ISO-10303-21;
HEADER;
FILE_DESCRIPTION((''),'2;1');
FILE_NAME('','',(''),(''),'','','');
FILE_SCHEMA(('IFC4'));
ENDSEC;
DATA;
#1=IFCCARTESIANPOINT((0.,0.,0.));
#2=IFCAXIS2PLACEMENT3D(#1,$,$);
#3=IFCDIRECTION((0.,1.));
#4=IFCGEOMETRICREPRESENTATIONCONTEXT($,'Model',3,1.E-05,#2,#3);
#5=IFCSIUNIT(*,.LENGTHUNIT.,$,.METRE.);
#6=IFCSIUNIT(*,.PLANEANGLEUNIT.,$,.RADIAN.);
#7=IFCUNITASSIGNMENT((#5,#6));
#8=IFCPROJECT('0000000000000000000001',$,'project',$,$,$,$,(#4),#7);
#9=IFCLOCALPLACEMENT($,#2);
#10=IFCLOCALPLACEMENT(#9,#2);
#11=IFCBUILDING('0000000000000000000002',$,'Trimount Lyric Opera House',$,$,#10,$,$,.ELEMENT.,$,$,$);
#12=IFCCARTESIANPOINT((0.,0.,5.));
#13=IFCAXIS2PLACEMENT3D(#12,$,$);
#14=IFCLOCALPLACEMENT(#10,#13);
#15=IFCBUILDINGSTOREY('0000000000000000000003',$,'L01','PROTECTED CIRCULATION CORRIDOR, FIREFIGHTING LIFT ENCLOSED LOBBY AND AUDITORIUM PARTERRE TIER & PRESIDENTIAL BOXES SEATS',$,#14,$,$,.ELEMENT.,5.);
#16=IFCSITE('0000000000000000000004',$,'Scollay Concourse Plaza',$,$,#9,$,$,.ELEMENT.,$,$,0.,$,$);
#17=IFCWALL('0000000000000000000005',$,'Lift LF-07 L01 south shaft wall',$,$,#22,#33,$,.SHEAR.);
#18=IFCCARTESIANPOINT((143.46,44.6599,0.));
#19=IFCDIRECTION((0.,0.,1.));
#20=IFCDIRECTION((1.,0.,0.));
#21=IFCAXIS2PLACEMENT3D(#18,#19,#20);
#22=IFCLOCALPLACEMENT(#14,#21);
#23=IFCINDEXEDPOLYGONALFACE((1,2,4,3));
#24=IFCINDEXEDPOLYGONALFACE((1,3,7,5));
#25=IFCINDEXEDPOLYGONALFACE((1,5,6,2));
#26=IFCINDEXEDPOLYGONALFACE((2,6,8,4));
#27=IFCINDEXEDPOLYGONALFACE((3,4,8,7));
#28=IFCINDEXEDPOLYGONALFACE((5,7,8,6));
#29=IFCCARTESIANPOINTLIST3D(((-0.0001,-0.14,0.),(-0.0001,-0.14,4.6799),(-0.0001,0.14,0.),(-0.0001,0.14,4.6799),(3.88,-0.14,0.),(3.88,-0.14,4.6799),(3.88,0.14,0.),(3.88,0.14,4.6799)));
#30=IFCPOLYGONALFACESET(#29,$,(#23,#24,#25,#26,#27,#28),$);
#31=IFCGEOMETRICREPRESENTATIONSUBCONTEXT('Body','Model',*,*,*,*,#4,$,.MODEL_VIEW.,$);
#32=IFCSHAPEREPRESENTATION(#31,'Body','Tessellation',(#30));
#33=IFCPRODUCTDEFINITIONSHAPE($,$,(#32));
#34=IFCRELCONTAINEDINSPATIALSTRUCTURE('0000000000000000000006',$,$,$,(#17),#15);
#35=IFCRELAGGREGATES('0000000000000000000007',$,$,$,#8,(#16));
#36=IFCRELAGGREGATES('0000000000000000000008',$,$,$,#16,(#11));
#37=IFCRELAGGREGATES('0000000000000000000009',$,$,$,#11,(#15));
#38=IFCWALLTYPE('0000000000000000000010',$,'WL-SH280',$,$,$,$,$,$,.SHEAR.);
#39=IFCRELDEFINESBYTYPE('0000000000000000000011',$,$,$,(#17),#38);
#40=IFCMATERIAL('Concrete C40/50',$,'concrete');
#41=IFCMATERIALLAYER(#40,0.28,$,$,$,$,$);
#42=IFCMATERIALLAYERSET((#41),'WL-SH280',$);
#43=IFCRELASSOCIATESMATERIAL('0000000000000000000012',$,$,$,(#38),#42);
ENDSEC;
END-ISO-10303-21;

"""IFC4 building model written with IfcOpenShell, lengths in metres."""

from ifc_helpers import new_model, si_unit, direction, frame, frame_2d, origin, place, context, subcontext, project, spatial, rectangle, extrude, material, layer, layer_set, type_object, element, save


model = new_model("IFC4")

# Units and contexts
model_context = context("Model", 3, precision=1e-05, world=origin(), true_north=direction((0.0, 1.0)))
body_context = subcontext(model_context, "Body", "Model", "MODEL_VIEW")
ifc_project = project(units=[si_unit("LENGTHUNIT", "METRE"), si_unit("PLANEANGLEUNIT", "RADIAN")], contexts=[model_context])

# Site, building, storey
site_placement = place(None, origin())
site = spatial("IfcSite", under=ifc_project, at=site_placement, Name="Scollay Concourse Plaza", CompositionType="ELEMENT", RefElevation=0.0)
building_placement = place(site_placement, origin())
building = spatial("IfcBuilding", under=site, at=building_placement, Name="Trimount Lyric Opera House", CompositionType="ELEMENT")
storey_placement = place(building_placement, frame((0.0, 0.0, 5.0)))
storey = spatial("IfcBuildingStorey", under=building, at=storey_placement, Name="L01", Description="PROTECTED CIRCULATION CORRIDOR, FIREFIGHTING LIFT ENCLOSED LOBBY AND AUDITORIUM PARTERRE TIER & PRESIDENTIAL BOXES SEATS", CompositionType="ELEMENT", Elevation=5.0)

# Wall
ifc_material_1 = material(Name="Concrete C40/50", Category="concrete")
ifc_layer_1 = layer(ifc_material_1, 0.28)
ifc_layer_set_1 = layer_set([ifc_layer_1], Name="WL-SH280")
wall_type_1 = type_object("IfcWallType", Name="WL-SH280", PredefinedType="SHEAR", material=ifc_layer_set_1)
for number, where, z_axis, x_axis, name in (
    (1, (143.46, 44.6599, 0.0), (0.0, 0.0, 1.0), (1.0, 0.0, 0.0), "Lift LF-07 L01 south shaft wall"),
):
    element("IfcWall", number, at=place(storey_placement, frame(where, z_axis=z_axis, x_axis=x_axis)), inside=storey, type_object=wall_type_1, Name=name, PredefinedType="SHEAR", context=body_context, shape_type="SweptSolid", body=[
        extrude(rectangle(XDim=3.8801, YDim=0.28, at=frame_2d((1.9399, 0.0))), origin(), (0.0, 0.0, 1.0), 4.6799),
    ])

save(model, "model.ifc")
